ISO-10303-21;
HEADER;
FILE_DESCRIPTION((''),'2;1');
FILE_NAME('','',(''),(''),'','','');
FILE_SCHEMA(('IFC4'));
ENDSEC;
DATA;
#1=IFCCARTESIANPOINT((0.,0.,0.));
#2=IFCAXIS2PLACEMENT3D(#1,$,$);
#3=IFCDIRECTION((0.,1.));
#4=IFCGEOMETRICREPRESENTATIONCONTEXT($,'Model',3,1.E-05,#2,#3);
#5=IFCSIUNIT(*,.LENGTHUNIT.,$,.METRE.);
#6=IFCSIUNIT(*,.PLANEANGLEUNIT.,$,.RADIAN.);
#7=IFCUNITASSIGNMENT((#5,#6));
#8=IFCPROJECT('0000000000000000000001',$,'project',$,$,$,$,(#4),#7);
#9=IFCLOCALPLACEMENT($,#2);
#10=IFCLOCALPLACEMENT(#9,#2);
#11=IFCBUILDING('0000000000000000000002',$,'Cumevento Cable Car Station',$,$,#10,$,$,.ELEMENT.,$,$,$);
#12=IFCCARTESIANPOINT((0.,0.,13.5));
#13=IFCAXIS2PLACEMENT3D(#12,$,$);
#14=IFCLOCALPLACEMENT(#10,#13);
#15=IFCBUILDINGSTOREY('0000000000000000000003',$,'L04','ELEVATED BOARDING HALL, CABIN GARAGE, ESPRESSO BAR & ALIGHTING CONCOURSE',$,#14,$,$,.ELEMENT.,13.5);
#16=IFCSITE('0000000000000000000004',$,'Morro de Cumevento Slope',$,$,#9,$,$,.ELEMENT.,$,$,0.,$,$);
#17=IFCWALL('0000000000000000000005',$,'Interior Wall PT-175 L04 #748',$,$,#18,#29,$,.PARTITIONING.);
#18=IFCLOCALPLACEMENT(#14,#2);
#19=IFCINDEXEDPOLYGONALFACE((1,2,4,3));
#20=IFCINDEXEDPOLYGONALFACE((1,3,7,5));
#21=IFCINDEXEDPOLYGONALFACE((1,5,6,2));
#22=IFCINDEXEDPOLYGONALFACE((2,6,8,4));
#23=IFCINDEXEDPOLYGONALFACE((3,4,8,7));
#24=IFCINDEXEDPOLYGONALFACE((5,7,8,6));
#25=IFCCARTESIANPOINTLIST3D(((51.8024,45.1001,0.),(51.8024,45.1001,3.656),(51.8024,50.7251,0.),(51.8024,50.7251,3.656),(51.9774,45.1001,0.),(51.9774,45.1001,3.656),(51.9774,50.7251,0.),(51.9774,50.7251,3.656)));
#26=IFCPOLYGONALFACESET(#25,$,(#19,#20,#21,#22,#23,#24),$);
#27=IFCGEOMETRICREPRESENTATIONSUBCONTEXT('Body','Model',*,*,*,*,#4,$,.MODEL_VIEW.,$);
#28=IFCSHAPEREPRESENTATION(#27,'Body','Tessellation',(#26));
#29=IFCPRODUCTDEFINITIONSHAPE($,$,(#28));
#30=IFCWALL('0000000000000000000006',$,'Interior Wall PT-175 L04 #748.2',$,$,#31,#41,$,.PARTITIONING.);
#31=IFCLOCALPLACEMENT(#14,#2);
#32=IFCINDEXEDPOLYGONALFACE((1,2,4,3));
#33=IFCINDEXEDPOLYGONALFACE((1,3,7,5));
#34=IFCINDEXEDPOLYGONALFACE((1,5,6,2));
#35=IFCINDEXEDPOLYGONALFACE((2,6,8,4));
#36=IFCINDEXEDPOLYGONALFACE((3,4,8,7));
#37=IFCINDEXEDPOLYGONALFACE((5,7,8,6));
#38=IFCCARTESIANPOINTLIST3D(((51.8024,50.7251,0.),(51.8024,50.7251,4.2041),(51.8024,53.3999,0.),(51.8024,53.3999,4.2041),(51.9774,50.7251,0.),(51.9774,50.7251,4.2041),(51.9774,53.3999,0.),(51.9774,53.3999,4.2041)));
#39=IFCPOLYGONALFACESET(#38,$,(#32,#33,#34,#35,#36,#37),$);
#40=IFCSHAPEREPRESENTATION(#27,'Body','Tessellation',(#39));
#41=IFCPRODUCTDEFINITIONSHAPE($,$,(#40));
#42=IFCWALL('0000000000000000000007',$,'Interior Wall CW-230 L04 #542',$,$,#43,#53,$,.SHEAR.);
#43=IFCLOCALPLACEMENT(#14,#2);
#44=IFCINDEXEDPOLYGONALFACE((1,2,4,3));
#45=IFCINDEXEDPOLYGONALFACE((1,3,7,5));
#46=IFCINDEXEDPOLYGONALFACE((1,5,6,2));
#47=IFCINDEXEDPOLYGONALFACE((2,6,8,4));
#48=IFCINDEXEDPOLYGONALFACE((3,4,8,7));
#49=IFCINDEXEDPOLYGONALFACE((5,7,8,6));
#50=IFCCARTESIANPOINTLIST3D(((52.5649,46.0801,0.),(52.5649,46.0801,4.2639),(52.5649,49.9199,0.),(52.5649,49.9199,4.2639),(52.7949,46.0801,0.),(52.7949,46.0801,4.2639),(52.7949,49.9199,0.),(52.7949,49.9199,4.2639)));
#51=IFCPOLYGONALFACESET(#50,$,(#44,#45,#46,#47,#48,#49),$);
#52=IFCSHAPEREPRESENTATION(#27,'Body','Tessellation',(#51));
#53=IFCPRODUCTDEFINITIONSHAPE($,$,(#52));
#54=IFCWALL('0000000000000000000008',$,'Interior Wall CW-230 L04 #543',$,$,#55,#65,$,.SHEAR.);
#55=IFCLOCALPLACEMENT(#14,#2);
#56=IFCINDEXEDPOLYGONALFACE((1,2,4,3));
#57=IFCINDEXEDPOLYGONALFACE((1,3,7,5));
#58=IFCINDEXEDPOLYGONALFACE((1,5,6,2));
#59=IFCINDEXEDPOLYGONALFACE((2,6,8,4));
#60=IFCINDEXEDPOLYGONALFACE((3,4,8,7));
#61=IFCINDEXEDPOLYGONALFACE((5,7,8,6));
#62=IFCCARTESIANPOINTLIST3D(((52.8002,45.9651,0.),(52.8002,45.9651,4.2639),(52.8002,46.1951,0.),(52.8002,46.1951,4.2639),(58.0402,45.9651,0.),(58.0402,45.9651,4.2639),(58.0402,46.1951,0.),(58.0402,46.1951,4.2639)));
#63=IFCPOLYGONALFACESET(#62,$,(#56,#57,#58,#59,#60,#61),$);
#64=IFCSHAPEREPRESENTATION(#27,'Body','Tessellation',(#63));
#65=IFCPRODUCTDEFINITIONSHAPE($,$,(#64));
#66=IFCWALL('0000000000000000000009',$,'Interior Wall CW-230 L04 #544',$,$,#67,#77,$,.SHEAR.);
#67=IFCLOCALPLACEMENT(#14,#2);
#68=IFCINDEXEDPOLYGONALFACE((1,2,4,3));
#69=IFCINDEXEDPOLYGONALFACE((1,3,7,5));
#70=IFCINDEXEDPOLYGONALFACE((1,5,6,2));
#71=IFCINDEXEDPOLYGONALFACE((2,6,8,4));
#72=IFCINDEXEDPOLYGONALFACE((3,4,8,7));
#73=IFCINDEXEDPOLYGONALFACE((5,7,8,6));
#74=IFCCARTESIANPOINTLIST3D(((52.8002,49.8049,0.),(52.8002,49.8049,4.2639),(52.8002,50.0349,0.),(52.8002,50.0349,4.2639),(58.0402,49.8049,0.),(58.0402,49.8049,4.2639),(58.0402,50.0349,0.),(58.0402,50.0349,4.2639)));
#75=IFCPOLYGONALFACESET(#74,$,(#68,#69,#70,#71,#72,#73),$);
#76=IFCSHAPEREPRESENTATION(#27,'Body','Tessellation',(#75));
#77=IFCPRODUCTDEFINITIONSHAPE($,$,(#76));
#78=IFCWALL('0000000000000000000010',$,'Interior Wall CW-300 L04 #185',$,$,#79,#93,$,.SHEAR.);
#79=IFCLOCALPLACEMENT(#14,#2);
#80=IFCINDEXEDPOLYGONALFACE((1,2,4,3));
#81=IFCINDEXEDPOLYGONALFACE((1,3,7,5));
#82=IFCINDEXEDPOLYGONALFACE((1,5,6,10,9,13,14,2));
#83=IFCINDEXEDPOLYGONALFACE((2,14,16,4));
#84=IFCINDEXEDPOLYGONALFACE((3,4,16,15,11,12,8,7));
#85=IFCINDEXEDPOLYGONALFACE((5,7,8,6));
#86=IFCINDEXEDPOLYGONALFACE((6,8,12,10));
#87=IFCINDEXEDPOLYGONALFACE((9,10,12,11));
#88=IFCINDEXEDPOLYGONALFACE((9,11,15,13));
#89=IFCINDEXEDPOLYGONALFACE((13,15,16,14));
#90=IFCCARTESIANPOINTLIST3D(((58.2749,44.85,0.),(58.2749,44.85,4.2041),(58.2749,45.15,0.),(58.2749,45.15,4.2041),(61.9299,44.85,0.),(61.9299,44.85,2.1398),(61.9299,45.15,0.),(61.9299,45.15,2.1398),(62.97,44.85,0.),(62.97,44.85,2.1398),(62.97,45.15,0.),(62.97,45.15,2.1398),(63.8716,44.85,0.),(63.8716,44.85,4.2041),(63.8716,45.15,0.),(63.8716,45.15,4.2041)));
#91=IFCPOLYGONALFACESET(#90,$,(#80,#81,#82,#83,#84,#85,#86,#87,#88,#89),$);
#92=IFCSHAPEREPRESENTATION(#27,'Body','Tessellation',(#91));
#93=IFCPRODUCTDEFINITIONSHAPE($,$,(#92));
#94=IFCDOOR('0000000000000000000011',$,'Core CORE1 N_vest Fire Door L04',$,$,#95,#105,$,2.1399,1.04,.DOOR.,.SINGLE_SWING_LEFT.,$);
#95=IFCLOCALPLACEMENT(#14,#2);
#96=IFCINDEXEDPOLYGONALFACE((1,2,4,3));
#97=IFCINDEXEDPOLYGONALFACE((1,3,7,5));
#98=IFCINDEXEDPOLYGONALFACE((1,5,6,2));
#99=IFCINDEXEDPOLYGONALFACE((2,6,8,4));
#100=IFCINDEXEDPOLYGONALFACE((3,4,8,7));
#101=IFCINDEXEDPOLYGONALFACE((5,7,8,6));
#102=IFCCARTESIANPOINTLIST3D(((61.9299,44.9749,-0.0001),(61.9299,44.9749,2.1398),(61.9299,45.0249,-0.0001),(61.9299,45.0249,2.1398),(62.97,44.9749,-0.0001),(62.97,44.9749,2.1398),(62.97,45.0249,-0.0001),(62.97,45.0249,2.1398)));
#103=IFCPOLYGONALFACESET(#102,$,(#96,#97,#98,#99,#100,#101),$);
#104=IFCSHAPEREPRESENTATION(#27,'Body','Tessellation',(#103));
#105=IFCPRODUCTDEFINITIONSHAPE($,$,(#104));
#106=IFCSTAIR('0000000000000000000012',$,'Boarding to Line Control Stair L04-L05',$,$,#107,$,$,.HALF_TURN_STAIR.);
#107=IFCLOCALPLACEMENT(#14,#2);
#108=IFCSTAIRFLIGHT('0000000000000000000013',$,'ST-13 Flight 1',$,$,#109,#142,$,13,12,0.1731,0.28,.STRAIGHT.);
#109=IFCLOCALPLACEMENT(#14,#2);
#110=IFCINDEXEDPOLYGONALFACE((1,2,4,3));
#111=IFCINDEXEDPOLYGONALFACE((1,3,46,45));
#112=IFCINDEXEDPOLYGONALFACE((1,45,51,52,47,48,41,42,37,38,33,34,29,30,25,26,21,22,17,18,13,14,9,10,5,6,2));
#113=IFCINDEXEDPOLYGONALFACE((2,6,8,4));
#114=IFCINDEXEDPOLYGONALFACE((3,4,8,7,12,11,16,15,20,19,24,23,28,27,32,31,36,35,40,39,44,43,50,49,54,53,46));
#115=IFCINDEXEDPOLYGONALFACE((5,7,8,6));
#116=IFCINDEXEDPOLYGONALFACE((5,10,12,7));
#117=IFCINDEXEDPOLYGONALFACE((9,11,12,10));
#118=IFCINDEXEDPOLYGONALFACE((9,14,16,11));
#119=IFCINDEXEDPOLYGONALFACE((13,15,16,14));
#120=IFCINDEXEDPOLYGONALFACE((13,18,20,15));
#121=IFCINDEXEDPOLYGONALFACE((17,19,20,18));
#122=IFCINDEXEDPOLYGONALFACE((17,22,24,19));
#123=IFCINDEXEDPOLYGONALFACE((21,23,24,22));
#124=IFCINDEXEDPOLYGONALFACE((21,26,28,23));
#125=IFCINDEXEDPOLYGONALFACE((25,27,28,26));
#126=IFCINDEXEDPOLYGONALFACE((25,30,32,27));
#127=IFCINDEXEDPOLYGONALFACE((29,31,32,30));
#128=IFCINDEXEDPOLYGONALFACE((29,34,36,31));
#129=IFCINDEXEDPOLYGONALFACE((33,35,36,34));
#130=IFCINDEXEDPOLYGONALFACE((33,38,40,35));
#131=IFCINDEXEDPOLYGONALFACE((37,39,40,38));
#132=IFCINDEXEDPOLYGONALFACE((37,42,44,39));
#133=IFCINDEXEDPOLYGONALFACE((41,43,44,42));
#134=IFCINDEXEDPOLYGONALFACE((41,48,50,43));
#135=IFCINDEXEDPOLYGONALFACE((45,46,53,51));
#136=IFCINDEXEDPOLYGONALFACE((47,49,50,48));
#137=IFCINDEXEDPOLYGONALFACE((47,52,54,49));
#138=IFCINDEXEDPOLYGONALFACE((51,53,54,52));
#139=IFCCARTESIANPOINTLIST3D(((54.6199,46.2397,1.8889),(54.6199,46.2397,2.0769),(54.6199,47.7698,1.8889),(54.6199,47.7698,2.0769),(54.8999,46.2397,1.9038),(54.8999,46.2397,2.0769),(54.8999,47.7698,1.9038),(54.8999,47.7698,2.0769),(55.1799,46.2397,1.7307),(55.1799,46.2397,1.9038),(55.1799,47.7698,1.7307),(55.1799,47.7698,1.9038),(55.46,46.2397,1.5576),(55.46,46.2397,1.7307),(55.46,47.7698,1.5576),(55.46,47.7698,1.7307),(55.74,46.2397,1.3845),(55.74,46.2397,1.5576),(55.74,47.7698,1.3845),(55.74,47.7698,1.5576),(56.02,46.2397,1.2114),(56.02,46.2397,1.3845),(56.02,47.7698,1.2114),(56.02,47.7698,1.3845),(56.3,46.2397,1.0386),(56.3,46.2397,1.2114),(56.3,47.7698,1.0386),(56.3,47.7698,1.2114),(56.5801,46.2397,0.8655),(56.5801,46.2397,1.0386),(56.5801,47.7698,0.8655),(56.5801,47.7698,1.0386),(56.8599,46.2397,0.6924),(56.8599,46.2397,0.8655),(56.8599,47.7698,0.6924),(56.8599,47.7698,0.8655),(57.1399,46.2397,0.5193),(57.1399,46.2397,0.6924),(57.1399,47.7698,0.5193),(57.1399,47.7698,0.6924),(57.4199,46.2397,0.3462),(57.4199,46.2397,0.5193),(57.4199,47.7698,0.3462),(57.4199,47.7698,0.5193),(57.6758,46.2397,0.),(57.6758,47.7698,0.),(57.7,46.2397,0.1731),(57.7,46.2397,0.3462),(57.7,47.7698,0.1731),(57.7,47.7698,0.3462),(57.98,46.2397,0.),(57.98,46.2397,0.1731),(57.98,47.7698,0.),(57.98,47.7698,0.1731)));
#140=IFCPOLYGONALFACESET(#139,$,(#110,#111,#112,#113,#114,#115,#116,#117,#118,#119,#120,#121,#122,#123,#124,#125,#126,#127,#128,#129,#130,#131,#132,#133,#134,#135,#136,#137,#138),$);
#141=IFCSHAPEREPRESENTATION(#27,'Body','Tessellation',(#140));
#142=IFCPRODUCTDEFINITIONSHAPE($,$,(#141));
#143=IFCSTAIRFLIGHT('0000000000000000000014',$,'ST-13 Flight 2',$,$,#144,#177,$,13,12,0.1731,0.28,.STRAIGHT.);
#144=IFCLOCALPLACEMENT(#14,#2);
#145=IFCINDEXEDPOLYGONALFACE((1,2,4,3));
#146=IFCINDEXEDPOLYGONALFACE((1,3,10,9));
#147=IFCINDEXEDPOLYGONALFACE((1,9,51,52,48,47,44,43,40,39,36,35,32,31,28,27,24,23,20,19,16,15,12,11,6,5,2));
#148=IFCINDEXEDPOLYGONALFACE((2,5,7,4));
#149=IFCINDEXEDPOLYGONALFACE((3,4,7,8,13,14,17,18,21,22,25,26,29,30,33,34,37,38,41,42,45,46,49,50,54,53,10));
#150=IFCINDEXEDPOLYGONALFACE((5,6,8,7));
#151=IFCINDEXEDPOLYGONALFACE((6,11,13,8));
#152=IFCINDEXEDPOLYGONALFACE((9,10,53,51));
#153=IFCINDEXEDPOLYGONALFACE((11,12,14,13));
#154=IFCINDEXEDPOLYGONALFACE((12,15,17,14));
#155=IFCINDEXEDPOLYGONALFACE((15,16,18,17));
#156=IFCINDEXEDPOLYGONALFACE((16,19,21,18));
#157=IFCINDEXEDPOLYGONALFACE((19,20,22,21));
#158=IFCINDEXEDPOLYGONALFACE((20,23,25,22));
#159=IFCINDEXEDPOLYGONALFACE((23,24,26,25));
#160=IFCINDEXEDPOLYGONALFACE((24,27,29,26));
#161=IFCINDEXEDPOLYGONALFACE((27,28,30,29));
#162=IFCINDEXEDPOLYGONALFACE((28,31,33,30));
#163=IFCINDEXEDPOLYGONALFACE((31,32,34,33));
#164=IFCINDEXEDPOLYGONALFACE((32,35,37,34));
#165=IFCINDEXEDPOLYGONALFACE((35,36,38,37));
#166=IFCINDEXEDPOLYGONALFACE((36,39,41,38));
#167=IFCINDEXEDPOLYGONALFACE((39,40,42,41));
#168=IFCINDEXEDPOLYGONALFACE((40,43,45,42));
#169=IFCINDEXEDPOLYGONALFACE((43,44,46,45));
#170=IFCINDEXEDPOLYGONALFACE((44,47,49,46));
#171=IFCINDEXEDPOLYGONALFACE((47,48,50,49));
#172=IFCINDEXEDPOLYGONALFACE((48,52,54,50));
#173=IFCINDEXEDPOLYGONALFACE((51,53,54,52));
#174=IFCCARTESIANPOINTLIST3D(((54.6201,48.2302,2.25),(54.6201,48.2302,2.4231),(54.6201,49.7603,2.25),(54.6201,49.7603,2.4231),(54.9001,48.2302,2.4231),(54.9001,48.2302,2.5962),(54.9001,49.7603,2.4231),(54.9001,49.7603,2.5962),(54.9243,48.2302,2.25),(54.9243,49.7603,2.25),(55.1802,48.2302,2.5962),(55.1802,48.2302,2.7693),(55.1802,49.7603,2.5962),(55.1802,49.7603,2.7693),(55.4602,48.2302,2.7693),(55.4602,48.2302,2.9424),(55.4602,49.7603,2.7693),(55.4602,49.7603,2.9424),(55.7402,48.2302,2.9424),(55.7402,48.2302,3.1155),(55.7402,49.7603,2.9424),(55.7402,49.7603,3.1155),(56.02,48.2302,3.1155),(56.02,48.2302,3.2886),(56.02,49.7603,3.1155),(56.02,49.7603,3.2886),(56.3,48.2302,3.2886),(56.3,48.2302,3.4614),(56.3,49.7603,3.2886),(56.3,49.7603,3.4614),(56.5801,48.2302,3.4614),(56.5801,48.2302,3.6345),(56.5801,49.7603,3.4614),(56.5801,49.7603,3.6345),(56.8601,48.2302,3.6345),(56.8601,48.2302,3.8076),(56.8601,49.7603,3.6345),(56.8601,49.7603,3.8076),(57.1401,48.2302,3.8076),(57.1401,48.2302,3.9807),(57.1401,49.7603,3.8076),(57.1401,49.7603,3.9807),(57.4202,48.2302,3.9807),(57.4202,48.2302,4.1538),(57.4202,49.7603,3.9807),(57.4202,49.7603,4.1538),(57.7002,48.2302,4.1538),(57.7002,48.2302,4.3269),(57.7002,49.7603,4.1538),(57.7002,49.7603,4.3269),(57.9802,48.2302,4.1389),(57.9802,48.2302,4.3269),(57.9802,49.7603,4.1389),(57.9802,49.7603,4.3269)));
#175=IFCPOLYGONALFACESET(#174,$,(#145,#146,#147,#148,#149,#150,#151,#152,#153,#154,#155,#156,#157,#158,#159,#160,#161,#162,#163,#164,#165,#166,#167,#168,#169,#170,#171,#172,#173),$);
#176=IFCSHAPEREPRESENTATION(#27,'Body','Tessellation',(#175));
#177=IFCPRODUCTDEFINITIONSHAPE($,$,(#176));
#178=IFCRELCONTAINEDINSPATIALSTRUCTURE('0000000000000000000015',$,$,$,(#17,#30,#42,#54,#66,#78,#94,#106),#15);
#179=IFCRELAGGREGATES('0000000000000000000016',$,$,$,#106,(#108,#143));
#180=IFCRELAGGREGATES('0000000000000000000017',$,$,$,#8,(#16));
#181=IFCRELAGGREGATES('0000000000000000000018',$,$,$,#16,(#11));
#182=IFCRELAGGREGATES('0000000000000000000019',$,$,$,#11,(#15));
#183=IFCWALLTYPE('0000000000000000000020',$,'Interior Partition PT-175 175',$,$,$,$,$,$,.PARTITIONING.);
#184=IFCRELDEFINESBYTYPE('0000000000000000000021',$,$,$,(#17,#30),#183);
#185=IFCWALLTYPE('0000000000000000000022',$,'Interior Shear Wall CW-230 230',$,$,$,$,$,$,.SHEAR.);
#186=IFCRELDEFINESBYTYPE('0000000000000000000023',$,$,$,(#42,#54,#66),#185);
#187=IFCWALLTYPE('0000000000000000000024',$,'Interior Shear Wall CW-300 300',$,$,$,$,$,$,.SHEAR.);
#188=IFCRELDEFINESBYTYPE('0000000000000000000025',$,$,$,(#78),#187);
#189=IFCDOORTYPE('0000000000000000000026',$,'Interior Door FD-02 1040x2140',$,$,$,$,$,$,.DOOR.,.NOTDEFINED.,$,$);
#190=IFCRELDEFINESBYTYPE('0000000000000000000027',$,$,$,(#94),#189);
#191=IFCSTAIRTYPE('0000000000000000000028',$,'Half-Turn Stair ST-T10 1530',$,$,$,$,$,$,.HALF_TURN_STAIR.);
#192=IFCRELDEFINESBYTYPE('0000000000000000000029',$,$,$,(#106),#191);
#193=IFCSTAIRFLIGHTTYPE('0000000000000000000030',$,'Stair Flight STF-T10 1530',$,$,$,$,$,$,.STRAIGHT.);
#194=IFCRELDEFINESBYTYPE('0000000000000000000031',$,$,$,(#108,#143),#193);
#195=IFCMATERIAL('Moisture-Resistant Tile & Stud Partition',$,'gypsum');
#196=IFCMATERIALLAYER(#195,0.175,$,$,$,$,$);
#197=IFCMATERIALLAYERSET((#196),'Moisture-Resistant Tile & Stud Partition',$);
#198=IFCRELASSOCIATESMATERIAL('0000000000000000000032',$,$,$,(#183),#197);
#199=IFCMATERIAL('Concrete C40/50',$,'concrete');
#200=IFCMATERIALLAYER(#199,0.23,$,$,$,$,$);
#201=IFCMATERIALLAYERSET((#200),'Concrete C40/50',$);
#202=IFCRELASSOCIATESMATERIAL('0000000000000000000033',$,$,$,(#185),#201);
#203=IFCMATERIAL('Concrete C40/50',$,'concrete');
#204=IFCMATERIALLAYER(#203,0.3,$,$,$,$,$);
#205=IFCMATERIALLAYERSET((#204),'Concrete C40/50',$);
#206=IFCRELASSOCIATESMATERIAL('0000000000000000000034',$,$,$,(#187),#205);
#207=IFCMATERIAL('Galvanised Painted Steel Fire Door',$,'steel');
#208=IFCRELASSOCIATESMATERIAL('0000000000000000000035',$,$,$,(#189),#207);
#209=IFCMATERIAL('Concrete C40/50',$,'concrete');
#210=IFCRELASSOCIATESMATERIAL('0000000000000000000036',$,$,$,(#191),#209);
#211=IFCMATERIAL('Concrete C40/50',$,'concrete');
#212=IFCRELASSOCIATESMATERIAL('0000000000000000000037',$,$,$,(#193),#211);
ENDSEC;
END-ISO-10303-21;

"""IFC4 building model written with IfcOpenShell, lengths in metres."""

from ifc_helpers import new_model, si_unit, direction, frame, frame_2d, origin, place, context, subcontext, project, spatial, polyline, rectangle, outline, extrude, material, layer, layer_set, type_object, element, fill, aggregate, save


model = new_model("IFC4")

# Units and contexts
model_context = context("Model", 3, precision=1e-05, world=origin(), true_north=direction((0.0, 1.0)))
body_context = subcontext(model_context, "Body", "Model", "MODEL_VIEW")
ifc_project = project(units=[si_unit("LENGTHUNIT", "METRE"), si_unit("PLANEANGLEUNIT", "RADIAN")], contexts=[model_context])

# Site, building, storey
site_placement = place(None, origin())
site = spatial("IfcSite", under=ifc_project, at=site_placement, Name="Morro de Cumevento Slope", CompositionType="ELEMENT", RefElevation=0.0)
building_placement = place(site_placement, origin())
building = spatial("IfcBuilding", under=site, at=building_placement, Name="Cumevento Cable Car Station", CompositionType="ELEMENT")
storey_placement = place(building_placement, frame((0.0, 0.0, 13.5)))
storey = spatial("IfcBuildingStorey", under=building, at=storey_placement, Name="L04", Description="ELEVATED BOARDING HALL, CABIN GARAGE, ESPRESSO BAR & ALIGHTING CONCOURSE", CompositionType="ELEMENT", Elevation=13.5)

# Walls
ifc_material_1 = material(Name="Moisture-Resistant Tile & Stud Partition", Category="gypsum")
ifc_layer_1 = layer(ifc_material_1, 0.175)
ifc_layer_set_1 = layer_set([ifc_layer_1], Name="Moisture-Resistant Tile & Stud Partition")
wall_type_1 = type_object("IfcWallType", Name="Interior Partition PT-175 175", PredefinedType="PARTITIONING", material=ifc_layer_set_1)
wall_1_placement = place(storey_placement, frame((51.8899, 45.1001, 0.0), z_axis=(0.0, 0.0, 1.0), x_axis=(0.0, 1.0, 0.0)))
element("IfcWall", 1, at=wall_1_placement, inside=storey, type_object=wall_type_1, Name="Interior Wall PT-175 L04 #748", PredefinedType="PARTITIONING", context=body_context, shape_type="SweptSolid", body=[
    extrude(rectangle(XDim=5.625, YDim=0.175, at=frame_2d((2.8125, 0.0))), origin(), (0.0, 0.0, 1.0), 3.656),
])
wall_2_placement = place(storey_placement, frame((51.8899, 50.7251, 0.0), z_axis=(0.0, 0.0, 1.0), x_axis=(0.0, 1.0, 0.0)))
element("IfcWall", 2, at=wall_2_placement, inside=storey, type_object=wall_type_1, Name="Interior Wall PT-175 L04 #748.2", PredefinedType="PARTITIONING", context=body_context, shape_type="SweptSolid", body=[
    extrude(rectangle(XDim=2.6748, YDim=0.175, at=frame_2d((1.3374, 0.0))), origin(), (0.0, 0.0, 1.0), 4.2041),
])
ifc_material_2 = material(Name="Concrete C40/50", Category="concrete")
ifc_layer_2 = layer(ifc_material_2, 0.23)
ifc_layer_set_2 = layer_set([ifc_layer_2], Name="Concrete C40/50")
wall_type_2 = type_object("IfcWallType", Name="Interior Shear Wall CW-230 230", PredefinedType="SHEAR", material=ifc_layer_set_2)
wall_3_placement = place(storey_placement, frame((52.6799, 46.0801, 0.0), z_axis=(0.0, 0.0, 1.0), x_axis=(0.0, 1.0, 0.0)))
element("IfcWall", 3, at=wall_3_placement, inside=storey, type_object=wall_type_2, Name="Interior Wall CW-230 L04 #542", PredefinedType="SHEAR", context=body_context, shape_type="SweptSolid", body=[
    extrude(rectangle(XDim=3.8398, YDim=0.23, at=frame_2d((1.9199, 0.0))), origin(), (0.0, 0.0, 1.0), 4.2639),
])
for number, where, z_axis, x_axis, name in (
    (4, (52.8, 46.0801, 0.0), (0.0, 0.0, 1.0), (1.0, 0.0, 0.0), "Interior Wall CW-230 L04 #543"),
    (5, (52.8, 49.9199, 0.0), (0.0, 0.0, 1.0), (1.0, 0.0, 0.0), "Interior Wall CW-230 L04 #544"),
):
    element("IfcWall", number, at=place(storey_placement, frame(where, z_axis=z_axis, x_axis=x_axis)), inside=storey, type_object=wall_type_2, Name=name, PredefinedType="SHEAR", context=body_context, shape_type="SweptSolid", body=[
        extrude(rectangle(XDim=5.24, YDim=0.23, at=frame_2d((2.6201, 0.0))), origin(), (0.0, 0.0, 1.0), 4.2639),
    ])

# Wall, opening, door
ifc_material_3 = material(Name="Concrete C40/50", Category="concrete")
ifc_layer_3 = layer(ifc_material_3, 0.3)
ifc_layer_set_3 = layer_set([ifc_layer_3], Name="Concrete C40/50")
wall_type_3 = type_object("IfcWallType", Name="Interior Shear Wall CW-300 300", PredefinedType="SHEAR", material=ifc_layer_set_3)
wall_4_placement = place(storey_placement, frame((58.2749, 45.0, 0.0), z_axis=(0.0, 0.0, 1.0), x_axis=(1.0, 0.0, 0.0)))
wall_4 = element("IfcWall", 6, at=wall_4_placement, inside=storey, type_object=wall_type_3, Name="Interior Wall CW-300 L04 #185", PredefinedType="SHEAR", context=body_context, shape_type="SweptSolid", body=[
    extrude(rectangle(XDim=5.5967, YDim=0.3, at=frame_2d((2.7983, 0.0))), origin(), (0.0, 0.0, 1.0), 4.2041),
])
opening_placement = place(wall_4_placement, frame((3.655, 0.0, 0.0)))
opening = element("IfcOpeningElement", 7, at=opening_placement, cuts=wall_4, PredefinedType="OPENING", context=body_context, shape_type="SweptSolid", body=[
    extrude(rectangle(XDim=1.04, YDim=2.1399, at=frame_2d((0.52, 1.0698))), frame((0.0, 0.1599, 0.0), z_axis=(0.0, -1.0, 0.0), x_axis=(1.0, 0.0, 0.0)), (0.0, 0.0, 1.0), 0.3201),
])
ifc_material_4 = material(Name="Galvanised Painted Steel Fire Door", Category="steel")
door_type = type_object("IfcDoorType", Name="Interior Door FD-02 1040x2140", OperationType="NOTDEFINED", PredefinedType="DOOR", material=ifc_material_4)
door_placement = place(opening_placement, origin())
door = element("IfcDoor", 8, at=door_placement, inside=storey, type_object=door_type, Name="Core CORE1 N_vest Fire Door L04", OperationType="SINGLE_SWING_LEFT", OverallHeight=2.1399, OverallWidth=1.04, PredefinedType="DOOR", context=body_context, shape_type="SweptSolid", body=[
    extrude(rectangle(XDim=1.04, YDim=2.1399, at=frame_2d((0.52, 1.0698))), frame((0.0, 0.0249, 0.0), z_axis=(0.0, -1.0, 0.0), x_axis=(1.0, 0.0, 0.0)), (0.0, 0.0, 1.0), 0.05),
])
fill(opening, door)

# Stair, stair flights
ifc_material_5 = material(Name="Concrete C40/50", Category="concrete")
stair_type = type_object("IfcStairType", Name="Half-Turn Stair ST-T10 1530", PredefinedType="HALF_TURN_STAIR", material=ifc_material_5)
stair_placement = place(storey_placement, origin())
stair = element("IfcStair", 9, at=stair_placement, inside=storey, type_object=stair_type, Name="Boarding to Line Control Stair L04-L05", PredefinedType="HALF_TURN_STAIR")
ifc_material_6 = material(Name="Concrete C40/50", Category="concrete")
stair_flight_type = type_object("IfcStairFlightType", Name="Stair Flight STF-T10 1530", PredefinedType="STRAIGHT", material=ifc_material_6)
stair_flight_1_placement = place(storey_placement, frame((57.98, 47.0049, 0.0), z_axis=(0.0, 0.0, 1.0), x_axis=(-1.0, 0.0, 0.0)))
stair_flight_1 = element("IfcStairFlight", 10, at=stair_flight_1_placement, type_object=stair_flight_type, Name="ST-13 Flight 1", NumberOfRisers=13, NumberOfTreads=12, PredefinedType="STRAIGHT", RiserHeight=0.1731, TreadLength=0.28, context=body_context, shape_type="SweptSolid", body=[
    extrude(outline(polyline([(0.0, 0.0), (0.0, 0.1731), (0.28, 0.1731), (0.28, 0.3462), (0.5601, 0.3462), (0.5601, 0.5193), (0.8401, 0.5193), (0.8401, 0.6924), (1.1201, 0.6924), (1.1201, 0.8655), (1.3999, 0.8655), (1.3999, 1.0386), (1.6799, 1.0386), (1.6799, 1.2114), (1.96, 1.2114), (1.96, 1.3845), (2.24, 1.3845), (2.24, 1.5576), (2.52, 1.5576), (2.52, 1.7307), (2.8, 1.7307), (2.8, 1.9038), (3.0801, 1.9038), (3.0801, 2.0769), (3.3601, 2.0769), (3.3601, 2.25), (3.3601, 1.8889), (0.3042, 0.0), (0.0, 0.0)])), frame((0.0, 0.7651, 0.0), z_axis=(0.0, -1.0, 0.0), x_axis=(1.0, 0.0, 0.0)), (0.0, 0.0, 1.0), 1.53),
])
stair_flight_2_placement = place(storey_placement, frame((54.6201, 48.9951, 2.25), z_axis=(0.0, 0.0, 1.0), x_axis=(1.0, 0.0, 0.0)))
stair_flight_2 = element("IfcStairFlight", 11, at=stair_flight_2_placement, type_object=stair_flight_type, Name="ST-13 Flight 2", NumberOfRisers=13, NumberOfTreads=12, PredefinedType="STRAIGHT", RiserHeight=0.1731, TreadLength=0.28, context=body_context, shape_type="SweptSolid", body=[
    extrude(outline(polyline([(0.0, 0.0), (0.0, 0.1731), (0.28, 0.1731), (0.28, 0.3462), (0.5601, 0.3462), (0.5601, 0.5193), (0.8401, 0.5193), (0.8401, 0.6924), (1.1201, 0.6924), (1.1201, 0.8655), (1.3999, 0.8655), (1.3999, 1.0386), (1.6799, 1.0386), (1.6799, 1.2114), (1.96, 1.2114), (1.96, 1.3845), (2.24, 1.3845), (2.24, 1.5576), (2.52, 1.5576), (2.52, 1.7307), (2.8, 1.7307), (2.8, 1.9038), (3.0801, 1.9038), (3.0801, 2.0769), (3.3601, 2.0769), (3.3601, 2.25), (3.3601, 1.8889), (0.3042, 0.0), (0.0, 0.0)])), frame((0.0, 0.7651, 0.0), z_axis=(0.0, -1.0, 0.0), x_axis=(1.0, 0.0, 0.0)), (0.0, 0.0, 1.0), 1.53),
])
aggregate(stair, [stair_flight_1, stair_flight_2])

save(model, "model.ifc")
